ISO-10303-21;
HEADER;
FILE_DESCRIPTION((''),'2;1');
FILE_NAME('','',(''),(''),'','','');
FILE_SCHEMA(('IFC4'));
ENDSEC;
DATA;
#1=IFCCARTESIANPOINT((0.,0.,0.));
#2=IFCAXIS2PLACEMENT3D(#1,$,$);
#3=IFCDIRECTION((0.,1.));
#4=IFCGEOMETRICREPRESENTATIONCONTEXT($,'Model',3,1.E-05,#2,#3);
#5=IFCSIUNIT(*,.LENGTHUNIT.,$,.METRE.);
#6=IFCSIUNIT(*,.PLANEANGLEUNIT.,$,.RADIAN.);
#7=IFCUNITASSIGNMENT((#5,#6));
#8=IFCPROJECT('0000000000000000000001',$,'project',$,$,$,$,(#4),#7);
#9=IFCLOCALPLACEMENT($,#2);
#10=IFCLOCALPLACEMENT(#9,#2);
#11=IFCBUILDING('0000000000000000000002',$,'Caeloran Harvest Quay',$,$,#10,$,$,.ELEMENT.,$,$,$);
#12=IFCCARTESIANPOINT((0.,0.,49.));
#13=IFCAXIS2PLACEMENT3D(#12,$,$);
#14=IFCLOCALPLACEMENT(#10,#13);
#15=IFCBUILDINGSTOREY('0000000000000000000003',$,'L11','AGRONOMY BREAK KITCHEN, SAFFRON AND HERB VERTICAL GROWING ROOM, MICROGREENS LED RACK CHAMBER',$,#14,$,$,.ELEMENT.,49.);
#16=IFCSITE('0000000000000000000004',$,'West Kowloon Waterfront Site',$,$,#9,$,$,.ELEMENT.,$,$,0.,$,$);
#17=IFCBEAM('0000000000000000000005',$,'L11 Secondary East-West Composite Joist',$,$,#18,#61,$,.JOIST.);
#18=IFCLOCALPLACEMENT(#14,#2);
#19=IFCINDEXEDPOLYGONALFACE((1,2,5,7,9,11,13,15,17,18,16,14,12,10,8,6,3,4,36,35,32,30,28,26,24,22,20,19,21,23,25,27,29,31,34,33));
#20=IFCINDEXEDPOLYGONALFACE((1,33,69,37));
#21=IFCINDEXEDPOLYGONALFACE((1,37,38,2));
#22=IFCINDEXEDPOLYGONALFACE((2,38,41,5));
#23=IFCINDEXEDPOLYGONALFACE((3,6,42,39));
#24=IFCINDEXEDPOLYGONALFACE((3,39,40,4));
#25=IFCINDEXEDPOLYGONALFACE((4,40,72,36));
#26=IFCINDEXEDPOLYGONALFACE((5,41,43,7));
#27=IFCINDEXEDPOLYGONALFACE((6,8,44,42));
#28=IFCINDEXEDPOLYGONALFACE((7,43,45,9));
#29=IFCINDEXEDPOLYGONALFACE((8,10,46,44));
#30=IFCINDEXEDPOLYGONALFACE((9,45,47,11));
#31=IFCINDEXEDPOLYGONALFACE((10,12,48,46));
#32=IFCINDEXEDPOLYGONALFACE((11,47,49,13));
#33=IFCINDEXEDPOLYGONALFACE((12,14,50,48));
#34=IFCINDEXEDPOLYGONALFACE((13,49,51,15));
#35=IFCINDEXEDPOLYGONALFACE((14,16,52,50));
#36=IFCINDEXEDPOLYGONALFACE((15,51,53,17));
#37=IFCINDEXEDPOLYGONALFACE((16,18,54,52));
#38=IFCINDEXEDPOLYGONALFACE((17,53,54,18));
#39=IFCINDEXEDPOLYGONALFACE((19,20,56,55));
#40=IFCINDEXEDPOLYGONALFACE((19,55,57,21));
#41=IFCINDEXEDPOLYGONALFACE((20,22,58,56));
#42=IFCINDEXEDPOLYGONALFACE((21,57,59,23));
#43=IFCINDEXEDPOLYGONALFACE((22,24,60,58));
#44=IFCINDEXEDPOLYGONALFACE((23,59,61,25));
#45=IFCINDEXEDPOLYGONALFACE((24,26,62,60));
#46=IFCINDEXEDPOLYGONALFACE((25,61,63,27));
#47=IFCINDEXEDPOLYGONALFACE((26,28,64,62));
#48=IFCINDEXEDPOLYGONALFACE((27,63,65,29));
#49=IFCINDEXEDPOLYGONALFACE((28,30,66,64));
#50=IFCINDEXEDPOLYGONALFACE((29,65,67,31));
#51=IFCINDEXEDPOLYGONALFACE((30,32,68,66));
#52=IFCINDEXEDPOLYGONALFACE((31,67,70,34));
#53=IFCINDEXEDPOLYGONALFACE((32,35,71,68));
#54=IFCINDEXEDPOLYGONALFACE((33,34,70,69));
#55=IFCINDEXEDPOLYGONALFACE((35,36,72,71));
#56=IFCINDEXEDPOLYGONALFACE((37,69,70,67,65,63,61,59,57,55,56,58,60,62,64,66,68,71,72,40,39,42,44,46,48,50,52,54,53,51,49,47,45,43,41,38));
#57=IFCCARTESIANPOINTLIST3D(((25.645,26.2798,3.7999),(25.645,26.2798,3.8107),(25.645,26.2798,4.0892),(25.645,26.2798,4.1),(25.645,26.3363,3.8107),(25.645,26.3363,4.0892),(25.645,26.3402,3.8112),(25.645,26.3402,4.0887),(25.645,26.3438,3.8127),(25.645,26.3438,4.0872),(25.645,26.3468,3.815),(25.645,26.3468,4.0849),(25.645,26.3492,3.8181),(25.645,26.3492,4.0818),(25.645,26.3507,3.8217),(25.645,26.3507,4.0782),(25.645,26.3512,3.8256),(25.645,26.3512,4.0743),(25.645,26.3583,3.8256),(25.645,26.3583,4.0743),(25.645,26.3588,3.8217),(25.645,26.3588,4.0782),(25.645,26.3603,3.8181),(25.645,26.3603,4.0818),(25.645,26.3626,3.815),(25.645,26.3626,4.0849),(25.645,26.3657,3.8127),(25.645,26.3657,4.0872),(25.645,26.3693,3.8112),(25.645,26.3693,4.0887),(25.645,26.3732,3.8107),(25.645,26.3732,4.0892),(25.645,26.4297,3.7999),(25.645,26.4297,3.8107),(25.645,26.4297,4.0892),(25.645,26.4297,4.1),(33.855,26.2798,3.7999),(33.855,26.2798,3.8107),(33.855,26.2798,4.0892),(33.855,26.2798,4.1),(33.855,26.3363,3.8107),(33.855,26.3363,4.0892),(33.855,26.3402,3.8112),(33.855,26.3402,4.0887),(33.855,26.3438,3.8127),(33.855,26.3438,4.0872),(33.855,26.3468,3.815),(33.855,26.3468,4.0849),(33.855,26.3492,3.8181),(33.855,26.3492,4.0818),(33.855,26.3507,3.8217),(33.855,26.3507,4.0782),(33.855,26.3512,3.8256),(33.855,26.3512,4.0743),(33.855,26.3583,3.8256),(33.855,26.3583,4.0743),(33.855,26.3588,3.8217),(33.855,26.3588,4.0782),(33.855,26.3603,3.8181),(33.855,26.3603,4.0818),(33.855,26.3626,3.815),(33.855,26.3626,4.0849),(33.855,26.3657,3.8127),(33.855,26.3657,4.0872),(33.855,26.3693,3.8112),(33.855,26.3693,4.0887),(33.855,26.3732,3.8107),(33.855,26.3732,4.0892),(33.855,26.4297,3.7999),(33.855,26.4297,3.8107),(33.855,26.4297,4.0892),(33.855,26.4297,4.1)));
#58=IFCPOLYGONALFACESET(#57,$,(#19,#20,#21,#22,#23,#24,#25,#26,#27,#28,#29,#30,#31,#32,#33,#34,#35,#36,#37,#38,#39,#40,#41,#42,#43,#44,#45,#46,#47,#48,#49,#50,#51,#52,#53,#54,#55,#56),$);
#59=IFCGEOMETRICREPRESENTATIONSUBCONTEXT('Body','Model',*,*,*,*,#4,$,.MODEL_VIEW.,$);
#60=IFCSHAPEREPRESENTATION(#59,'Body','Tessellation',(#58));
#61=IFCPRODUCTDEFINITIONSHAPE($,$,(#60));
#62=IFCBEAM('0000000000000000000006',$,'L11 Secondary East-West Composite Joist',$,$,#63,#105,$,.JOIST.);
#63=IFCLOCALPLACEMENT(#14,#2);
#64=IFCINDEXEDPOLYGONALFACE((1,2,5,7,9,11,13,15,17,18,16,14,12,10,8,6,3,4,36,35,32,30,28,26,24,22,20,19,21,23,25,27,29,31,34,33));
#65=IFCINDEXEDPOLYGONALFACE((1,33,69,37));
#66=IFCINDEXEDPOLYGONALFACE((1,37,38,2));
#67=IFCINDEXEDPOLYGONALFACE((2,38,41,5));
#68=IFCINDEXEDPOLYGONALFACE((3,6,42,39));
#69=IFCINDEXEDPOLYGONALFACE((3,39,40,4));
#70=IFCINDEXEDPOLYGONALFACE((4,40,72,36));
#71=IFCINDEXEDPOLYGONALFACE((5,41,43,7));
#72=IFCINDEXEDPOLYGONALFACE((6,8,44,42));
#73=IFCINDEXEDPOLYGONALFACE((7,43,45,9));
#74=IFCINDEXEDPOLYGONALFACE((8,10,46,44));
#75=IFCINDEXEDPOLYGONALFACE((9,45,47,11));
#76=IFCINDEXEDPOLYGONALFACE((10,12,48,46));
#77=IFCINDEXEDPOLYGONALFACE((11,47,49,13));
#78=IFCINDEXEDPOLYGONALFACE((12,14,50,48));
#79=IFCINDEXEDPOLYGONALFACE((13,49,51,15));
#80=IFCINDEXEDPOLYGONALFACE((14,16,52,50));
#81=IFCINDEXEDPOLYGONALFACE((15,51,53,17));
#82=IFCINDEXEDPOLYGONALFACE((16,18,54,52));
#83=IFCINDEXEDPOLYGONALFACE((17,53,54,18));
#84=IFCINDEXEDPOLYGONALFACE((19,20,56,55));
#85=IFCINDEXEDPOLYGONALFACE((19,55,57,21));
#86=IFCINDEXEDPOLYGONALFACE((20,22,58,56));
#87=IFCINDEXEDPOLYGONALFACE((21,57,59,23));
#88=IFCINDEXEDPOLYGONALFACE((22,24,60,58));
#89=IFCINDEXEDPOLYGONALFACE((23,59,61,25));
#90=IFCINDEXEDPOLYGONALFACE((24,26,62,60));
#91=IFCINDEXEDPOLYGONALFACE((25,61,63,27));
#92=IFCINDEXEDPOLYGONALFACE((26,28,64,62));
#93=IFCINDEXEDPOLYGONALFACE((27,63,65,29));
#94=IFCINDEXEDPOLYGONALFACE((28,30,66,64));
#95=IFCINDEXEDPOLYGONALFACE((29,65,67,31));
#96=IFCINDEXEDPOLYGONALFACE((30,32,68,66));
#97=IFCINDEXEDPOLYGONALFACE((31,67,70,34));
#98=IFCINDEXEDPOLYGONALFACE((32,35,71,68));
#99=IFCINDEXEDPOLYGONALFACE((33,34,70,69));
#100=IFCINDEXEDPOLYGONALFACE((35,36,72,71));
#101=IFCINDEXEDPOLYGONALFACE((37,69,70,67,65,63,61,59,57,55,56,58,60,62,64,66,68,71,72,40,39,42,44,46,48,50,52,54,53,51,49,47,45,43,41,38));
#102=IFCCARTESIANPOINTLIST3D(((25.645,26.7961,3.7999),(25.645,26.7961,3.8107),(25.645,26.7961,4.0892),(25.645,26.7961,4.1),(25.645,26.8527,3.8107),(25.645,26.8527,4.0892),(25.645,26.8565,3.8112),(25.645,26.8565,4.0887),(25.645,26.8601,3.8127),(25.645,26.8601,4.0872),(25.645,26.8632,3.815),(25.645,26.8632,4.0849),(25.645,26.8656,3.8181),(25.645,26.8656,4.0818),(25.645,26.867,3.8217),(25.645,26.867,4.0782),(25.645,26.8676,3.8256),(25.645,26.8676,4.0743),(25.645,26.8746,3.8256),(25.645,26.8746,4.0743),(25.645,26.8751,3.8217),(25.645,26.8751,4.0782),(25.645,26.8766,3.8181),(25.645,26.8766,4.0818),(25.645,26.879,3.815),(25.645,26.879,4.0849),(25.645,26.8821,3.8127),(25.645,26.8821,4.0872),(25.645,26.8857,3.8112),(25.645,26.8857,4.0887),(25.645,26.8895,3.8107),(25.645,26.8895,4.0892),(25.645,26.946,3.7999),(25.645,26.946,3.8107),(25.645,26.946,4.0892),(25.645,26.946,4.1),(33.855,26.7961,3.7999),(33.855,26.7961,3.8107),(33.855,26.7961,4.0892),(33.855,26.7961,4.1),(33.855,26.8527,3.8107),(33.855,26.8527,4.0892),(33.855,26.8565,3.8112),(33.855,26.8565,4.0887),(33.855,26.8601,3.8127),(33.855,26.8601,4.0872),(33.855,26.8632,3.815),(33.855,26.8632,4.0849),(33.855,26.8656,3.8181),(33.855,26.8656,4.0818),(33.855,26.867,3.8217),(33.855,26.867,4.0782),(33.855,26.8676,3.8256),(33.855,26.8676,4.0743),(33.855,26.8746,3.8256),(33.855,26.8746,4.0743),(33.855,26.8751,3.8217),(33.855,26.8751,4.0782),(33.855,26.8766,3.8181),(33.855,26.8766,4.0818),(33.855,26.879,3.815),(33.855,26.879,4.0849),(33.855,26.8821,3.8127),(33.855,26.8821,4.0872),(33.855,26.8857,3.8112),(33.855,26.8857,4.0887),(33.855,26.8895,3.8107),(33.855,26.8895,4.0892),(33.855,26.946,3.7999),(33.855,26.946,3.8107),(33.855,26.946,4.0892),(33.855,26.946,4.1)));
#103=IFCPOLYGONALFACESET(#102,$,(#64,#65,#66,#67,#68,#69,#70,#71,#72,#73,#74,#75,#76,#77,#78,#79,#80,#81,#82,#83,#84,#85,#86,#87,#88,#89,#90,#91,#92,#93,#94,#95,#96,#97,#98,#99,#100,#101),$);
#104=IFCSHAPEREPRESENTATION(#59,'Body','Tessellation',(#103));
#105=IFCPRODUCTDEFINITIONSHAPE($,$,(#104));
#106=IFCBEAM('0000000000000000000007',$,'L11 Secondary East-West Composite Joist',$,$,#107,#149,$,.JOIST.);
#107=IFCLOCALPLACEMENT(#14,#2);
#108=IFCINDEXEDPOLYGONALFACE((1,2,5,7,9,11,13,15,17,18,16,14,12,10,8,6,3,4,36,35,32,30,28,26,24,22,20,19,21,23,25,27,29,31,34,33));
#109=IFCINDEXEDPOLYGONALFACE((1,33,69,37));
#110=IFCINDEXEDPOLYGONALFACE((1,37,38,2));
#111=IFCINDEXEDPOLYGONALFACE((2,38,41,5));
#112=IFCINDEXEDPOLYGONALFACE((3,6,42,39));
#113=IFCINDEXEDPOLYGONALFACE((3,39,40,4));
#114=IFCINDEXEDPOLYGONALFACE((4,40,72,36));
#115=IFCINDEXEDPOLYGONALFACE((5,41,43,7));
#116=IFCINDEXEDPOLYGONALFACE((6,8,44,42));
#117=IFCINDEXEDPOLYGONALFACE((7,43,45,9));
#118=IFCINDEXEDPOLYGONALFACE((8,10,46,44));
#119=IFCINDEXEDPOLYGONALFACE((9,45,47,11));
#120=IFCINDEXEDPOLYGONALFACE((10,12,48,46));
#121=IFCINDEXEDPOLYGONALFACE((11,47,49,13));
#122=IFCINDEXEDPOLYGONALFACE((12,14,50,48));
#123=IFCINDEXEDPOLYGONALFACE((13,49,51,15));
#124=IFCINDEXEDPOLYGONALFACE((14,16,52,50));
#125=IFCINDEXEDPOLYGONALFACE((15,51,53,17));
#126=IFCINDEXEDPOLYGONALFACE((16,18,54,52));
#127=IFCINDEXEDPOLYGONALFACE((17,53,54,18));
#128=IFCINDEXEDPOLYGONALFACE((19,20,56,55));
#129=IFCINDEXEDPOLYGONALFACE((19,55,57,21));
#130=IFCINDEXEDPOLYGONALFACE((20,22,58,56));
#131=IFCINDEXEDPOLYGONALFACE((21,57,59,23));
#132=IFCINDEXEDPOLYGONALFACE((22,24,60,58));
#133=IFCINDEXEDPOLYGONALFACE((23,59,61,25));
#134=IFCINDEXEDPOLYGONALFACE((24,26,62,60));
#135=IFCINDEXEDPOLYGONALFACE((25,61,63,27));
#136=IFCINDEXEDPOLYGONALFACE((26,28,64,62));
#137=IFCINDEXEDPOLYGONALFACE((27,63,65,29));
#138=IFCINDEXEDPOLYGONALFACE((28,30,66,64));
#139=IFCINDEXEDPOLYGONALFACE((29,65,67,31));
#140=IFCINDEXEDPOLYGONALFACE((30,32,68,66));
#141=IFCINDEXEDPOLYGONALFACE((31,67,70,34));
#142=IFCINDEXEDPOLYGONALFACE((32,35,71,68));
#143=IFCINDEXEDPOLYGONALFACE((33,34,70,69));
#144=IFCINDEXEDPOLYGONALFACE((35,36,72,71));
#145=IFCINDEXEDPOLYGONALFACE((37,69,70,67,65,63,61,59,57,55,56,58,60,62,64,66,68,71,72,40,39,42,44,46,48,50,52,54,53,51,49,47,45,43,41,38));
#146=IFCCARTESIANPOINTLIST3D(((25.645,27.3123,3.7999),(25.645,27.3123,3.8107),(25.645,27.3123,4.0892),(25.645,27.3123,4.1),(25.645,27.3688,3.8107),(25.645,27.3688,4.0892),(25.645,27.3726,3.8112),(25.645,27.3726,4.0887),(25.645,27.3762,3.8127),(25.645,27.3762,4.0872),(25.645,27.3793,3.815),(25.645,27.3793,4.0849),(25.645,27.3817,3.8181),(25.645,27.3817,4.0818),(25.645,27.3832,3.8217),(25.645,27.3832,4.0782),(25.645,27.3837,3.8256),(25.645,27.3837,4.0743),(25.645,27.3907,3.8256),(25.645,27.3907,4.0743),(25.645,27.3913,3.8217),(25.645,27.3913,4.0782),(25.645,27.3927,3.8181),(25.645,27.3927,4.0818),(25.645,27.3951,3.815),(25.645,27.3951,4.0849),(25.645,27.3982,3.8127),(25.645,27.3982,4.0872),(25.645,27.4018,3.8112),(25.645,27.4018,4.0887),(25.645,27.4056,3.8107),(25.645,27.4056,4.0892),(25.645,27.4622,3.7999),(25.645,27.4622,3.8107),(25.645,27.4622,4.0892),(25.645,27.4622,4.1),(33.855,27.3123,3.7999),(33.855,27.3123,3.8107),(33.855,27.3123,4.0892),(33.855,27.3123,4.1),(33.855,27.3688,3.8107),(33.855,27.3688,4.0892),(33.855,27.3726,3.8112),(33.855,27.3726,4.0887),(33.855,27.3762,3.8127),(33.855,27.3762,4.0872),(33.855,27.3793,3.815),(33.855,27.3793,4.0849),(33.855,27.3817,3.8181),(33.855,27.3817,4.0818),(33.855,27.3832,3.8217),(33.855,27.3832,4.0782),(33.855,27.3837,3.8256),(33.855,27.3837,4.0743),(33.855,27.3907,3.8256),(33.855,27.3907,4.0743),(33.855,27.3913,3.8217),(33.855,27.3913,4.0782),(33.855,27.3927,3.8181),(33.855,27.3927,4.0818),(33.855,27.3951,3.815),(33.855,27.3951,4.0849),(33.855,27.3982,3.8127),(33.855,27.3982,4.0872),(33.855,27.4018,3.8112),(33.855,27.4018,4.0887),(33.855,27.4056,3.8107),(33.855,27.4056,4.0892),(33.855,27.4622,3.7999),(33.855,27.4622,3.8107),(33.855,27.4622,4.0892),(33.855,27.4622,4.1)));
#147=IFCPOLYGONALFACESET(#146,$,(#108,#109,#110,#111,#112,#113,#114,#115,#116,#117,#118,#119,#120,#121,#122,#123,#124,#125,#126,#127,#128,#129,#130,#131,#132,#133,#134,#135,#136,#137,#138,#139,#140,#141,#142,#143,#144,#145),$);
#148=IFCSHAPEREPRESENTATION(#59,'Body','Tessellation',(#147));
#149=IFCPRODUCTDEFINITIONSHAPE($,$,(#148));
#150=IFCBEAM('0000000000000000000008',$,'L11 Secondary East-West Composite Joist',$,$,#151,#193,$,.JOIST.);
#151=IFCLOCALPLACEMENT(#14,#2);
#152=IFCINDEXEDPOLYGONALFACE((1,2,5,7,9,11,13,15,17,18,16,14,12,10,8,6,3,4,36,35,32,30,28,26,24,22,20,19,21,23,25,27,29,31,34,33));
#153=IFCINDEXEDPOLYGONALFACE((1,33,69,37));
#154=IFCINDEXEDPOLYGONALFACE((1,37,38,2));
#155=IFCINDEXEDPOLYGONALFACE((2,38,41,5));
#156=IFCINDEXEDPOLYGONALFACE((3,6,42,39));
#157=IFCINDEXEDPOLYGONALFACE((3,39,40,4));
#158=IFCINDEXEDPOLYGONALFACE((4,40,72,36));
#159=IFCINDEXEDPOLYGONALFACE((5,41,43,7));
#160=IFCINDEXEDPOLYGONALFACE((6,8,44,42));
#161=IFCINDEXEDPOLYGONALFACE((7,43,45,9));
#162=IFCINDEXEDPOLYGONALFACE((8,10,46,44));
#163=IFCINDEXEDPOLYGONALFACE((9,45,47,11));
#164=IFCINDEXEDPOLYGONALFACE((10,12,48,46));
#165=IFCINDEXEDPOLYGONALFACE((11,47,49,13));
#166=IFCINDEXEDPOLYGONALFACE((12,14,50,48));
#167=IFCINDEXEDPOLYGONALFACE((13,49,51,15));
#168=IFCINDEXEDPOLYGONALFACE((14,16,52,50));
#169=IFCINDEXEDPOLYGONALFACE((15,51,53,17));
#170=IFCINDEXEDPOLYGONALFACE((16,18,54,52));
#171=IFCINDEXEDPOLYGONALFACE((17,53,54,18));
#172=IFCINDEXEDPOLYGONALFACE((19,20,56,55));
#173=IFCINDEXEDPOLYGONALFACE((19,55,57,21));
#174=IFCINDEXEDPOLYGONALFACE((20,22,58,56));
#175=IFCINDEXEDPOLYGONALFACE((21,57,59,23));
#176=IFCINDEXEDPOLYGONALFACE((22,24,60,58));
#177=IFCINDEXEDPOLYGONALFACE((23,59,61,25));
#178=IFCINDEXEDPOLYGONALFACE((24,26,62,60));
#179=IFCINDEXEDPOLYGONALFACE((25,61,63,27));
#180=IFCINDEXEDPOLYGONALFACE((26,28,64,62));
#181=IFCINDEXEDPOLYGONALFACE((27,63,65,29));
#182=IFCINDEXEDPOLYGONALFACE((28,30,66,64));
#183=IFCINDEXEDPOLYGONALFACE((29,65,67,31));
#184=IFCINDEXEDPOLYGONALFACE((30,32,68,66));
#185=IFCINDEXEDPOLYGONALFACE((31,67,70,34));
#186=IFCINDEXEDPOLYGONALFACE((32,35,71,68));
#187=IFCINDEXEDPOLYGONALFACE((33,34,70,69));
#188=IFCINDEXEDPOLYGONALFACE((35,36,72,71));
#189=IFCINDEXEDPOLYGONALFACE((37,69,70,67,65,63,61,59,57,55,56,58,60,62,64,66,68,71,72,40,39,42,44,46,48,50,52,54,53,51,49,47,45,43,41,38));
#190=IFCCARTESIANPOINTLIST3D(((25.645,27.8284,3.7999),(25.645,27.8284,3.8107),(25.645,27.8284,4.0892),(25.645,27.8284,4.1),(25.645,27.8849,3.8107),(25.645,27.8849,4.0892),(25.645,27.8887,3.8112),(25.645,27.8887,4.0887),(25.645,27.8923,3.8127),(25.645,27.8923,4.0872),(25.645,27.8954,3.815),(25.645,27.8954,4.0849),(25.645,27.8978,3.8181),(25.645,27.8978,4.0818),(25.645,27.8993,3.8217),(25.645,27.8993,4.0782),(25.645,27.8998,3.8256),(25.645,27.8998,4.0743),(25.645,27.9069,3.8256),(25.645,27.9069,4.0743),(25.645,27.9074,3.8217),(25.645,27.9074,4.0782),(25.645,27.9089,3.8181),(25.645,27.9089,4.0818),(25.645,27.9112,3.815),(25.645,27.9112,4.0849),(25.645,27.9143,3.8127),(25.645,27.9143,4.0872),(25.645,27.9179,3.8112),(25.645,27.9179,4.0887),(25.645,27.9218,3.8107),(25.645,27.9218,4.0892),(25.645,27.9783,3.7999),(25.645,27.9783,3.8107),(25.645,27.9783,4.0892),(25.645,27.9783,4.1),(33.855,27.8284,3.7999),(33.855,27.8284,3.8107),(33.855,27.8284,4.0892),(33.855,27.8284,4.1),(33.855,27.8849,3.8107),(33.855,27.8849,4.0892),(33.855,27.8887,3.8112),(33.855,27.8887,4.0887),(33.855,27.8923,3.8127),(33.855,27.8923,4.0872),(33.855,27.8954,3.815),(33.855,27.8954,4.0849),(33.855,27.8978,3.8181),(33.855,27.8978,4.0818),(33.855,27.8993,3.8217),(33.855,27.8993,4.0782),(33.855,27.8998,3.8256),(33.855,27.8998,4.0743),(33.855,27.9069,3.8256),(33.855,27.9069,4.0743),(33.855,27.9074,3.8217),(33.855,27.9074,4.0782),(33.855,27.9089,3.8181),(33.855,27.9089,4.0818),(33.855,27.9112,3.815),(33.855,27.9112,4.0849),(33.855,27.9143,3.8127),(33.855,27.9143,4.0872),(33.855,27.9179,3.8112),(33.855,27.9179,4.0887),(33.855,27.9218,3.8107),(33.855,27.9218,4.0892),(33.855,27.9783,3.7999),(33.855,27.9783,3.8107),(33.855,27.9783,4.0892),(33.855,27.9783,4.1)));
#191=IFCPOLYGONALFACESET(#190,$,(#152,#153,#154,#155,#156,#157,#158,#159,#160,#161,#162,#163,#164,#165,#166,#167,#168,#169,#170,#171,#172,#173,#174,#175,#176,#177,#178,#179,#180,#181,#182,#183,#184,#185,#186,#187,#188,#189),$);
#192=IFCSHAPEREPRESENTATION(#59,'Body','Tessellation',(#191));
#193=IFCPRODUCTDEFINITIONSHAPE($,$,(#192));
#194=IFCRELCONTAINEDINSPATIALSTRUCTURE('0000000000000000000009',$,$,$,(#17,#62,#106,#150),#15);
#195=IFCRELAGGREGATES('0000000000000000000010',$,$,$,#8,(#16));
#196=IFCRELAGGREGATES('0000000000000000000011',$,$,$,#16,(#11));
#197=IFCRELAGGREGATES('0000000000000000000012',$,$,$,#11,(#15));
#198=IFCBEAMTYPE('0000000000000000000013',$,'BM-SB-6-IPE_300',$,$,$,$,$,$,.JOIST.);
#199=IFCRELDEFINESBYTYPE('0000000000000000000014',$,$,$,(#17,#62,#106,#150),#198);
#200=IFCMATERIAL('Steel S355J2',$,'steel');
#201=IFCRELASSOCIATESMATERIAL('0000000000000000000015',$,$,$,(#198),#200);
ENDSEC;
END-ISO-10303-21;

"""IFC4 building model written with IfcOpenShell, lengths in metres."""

from ifc_helpers import new_model, si_unit, direction, frame, origin, origin_2d, place, context, subcontext, project, spatial, i_section, extrude, material, material_profile, profile_set, type_object, element, save


model = new_model("IFC4")

# Units and contexts
model_context = context("Model", 3, precision=1e-05, world=origin(), true_north=direction((0.0, 1.0)))
body_context = subcontext(model_context, "Body", "Model", "MODEL_VIEW")
ifc_project = project(units=[si_unit("LENGTHUNIT", "METRE"), si_unit("PLANEANGLEUNIT", "RADIAN")], contexts=[model_context])

# Site, building, storey
site_placement = place(None, origin())
site = spatial("IfcSite", under=ifc_project, at=site_placement, Name="West Kowloon Waterfront Site", CompositionType="ELEMENT", RefElevation=0.0)
building_placement = place(site_placement, origin())
building = spatial("IfcBuilding", under=site, at=building_placement, Name="Caeloran Harvest Quay", CompositionType="ELEMENT")
storey_placement = place(building_placement, frame((0.0, 0.0, 49.0)))
storey = spatial("IfcBuildingStorey", under=building, at=storey_placement, Name="L11", Description="AGRONOMY BREAK KITCHEN, SAFFRON AND HERB VERTICAL GROWING ROOM, MICROGREENS LED RACK CHAMBER", CompositionType="ELEMENT", Elevation=49.0)

# Beams
ifc_material_1 = material(Name="Steel S355J2", Category="steel")
ifc_material_profile_1 = material_profile(ifc_material_1, i_section(OverallWidth=0.1499, OverallDepth=0.3, WebThickness=0.0071, FlangeThickness=0.0107, FilletRadius=0.0149, at=origin_2d()), Name="IPE 300")
ifc_profile_set_1 = profile_set([ifc_material_profile_1], Name="Steel S355J2")
beam_type_1 = type_object("IfcBeamType", Name="BM-SB-6-IPE_300", PredefinedType="JOIST", material=ifc_profile_set_1)
for number, where, z_axis, x_axis, name in (
    (1, (25.645, 26.3547, 3.95), (1.0, 0.0, 0.0), (0.0, 1.0, 0.0), "L11 Secondary East-West Composite Joist"),
    (2, (25.645, 26.8711, 3.95), (1.0, 0.0, 0.0), (0.0, 1.0, 0.0), "L11 Secondary East-West Composite Joist"),
    (3, (25.645, 27.3872, 3.95), (1.0, 0.0, 0.0), (0.0, 1.0, 0.0), "L11 Secondary East-West Composite Joist"),
    (4, (25.645, 27.9033, 3.95), (1.0, 0.0, 0.0), (0.0, 1.0, 0.0), "L11 Secondary East-West Composite Joist"),
):
    element("IfcBeam", number, at=place(storey_placement, frame(where, z_axis=z_axis, x_axis=x_axis)), inside=storey, type_object=beam_type_1, Name=name, PredefinedType="JOIST", context=body_context, shape_type="SweptSolid", body=[
        extrude(i_section(OverallWidth=0.1499, OverallDepth=0.3, WebThickness=0.0071, FlangeThickness=0.0107, FilletRadius=0.0149, at=origin_2d()), origin(), (0.0, 0.0, 1.0), 8.21),
    ])

save(model, "model.ifc")
